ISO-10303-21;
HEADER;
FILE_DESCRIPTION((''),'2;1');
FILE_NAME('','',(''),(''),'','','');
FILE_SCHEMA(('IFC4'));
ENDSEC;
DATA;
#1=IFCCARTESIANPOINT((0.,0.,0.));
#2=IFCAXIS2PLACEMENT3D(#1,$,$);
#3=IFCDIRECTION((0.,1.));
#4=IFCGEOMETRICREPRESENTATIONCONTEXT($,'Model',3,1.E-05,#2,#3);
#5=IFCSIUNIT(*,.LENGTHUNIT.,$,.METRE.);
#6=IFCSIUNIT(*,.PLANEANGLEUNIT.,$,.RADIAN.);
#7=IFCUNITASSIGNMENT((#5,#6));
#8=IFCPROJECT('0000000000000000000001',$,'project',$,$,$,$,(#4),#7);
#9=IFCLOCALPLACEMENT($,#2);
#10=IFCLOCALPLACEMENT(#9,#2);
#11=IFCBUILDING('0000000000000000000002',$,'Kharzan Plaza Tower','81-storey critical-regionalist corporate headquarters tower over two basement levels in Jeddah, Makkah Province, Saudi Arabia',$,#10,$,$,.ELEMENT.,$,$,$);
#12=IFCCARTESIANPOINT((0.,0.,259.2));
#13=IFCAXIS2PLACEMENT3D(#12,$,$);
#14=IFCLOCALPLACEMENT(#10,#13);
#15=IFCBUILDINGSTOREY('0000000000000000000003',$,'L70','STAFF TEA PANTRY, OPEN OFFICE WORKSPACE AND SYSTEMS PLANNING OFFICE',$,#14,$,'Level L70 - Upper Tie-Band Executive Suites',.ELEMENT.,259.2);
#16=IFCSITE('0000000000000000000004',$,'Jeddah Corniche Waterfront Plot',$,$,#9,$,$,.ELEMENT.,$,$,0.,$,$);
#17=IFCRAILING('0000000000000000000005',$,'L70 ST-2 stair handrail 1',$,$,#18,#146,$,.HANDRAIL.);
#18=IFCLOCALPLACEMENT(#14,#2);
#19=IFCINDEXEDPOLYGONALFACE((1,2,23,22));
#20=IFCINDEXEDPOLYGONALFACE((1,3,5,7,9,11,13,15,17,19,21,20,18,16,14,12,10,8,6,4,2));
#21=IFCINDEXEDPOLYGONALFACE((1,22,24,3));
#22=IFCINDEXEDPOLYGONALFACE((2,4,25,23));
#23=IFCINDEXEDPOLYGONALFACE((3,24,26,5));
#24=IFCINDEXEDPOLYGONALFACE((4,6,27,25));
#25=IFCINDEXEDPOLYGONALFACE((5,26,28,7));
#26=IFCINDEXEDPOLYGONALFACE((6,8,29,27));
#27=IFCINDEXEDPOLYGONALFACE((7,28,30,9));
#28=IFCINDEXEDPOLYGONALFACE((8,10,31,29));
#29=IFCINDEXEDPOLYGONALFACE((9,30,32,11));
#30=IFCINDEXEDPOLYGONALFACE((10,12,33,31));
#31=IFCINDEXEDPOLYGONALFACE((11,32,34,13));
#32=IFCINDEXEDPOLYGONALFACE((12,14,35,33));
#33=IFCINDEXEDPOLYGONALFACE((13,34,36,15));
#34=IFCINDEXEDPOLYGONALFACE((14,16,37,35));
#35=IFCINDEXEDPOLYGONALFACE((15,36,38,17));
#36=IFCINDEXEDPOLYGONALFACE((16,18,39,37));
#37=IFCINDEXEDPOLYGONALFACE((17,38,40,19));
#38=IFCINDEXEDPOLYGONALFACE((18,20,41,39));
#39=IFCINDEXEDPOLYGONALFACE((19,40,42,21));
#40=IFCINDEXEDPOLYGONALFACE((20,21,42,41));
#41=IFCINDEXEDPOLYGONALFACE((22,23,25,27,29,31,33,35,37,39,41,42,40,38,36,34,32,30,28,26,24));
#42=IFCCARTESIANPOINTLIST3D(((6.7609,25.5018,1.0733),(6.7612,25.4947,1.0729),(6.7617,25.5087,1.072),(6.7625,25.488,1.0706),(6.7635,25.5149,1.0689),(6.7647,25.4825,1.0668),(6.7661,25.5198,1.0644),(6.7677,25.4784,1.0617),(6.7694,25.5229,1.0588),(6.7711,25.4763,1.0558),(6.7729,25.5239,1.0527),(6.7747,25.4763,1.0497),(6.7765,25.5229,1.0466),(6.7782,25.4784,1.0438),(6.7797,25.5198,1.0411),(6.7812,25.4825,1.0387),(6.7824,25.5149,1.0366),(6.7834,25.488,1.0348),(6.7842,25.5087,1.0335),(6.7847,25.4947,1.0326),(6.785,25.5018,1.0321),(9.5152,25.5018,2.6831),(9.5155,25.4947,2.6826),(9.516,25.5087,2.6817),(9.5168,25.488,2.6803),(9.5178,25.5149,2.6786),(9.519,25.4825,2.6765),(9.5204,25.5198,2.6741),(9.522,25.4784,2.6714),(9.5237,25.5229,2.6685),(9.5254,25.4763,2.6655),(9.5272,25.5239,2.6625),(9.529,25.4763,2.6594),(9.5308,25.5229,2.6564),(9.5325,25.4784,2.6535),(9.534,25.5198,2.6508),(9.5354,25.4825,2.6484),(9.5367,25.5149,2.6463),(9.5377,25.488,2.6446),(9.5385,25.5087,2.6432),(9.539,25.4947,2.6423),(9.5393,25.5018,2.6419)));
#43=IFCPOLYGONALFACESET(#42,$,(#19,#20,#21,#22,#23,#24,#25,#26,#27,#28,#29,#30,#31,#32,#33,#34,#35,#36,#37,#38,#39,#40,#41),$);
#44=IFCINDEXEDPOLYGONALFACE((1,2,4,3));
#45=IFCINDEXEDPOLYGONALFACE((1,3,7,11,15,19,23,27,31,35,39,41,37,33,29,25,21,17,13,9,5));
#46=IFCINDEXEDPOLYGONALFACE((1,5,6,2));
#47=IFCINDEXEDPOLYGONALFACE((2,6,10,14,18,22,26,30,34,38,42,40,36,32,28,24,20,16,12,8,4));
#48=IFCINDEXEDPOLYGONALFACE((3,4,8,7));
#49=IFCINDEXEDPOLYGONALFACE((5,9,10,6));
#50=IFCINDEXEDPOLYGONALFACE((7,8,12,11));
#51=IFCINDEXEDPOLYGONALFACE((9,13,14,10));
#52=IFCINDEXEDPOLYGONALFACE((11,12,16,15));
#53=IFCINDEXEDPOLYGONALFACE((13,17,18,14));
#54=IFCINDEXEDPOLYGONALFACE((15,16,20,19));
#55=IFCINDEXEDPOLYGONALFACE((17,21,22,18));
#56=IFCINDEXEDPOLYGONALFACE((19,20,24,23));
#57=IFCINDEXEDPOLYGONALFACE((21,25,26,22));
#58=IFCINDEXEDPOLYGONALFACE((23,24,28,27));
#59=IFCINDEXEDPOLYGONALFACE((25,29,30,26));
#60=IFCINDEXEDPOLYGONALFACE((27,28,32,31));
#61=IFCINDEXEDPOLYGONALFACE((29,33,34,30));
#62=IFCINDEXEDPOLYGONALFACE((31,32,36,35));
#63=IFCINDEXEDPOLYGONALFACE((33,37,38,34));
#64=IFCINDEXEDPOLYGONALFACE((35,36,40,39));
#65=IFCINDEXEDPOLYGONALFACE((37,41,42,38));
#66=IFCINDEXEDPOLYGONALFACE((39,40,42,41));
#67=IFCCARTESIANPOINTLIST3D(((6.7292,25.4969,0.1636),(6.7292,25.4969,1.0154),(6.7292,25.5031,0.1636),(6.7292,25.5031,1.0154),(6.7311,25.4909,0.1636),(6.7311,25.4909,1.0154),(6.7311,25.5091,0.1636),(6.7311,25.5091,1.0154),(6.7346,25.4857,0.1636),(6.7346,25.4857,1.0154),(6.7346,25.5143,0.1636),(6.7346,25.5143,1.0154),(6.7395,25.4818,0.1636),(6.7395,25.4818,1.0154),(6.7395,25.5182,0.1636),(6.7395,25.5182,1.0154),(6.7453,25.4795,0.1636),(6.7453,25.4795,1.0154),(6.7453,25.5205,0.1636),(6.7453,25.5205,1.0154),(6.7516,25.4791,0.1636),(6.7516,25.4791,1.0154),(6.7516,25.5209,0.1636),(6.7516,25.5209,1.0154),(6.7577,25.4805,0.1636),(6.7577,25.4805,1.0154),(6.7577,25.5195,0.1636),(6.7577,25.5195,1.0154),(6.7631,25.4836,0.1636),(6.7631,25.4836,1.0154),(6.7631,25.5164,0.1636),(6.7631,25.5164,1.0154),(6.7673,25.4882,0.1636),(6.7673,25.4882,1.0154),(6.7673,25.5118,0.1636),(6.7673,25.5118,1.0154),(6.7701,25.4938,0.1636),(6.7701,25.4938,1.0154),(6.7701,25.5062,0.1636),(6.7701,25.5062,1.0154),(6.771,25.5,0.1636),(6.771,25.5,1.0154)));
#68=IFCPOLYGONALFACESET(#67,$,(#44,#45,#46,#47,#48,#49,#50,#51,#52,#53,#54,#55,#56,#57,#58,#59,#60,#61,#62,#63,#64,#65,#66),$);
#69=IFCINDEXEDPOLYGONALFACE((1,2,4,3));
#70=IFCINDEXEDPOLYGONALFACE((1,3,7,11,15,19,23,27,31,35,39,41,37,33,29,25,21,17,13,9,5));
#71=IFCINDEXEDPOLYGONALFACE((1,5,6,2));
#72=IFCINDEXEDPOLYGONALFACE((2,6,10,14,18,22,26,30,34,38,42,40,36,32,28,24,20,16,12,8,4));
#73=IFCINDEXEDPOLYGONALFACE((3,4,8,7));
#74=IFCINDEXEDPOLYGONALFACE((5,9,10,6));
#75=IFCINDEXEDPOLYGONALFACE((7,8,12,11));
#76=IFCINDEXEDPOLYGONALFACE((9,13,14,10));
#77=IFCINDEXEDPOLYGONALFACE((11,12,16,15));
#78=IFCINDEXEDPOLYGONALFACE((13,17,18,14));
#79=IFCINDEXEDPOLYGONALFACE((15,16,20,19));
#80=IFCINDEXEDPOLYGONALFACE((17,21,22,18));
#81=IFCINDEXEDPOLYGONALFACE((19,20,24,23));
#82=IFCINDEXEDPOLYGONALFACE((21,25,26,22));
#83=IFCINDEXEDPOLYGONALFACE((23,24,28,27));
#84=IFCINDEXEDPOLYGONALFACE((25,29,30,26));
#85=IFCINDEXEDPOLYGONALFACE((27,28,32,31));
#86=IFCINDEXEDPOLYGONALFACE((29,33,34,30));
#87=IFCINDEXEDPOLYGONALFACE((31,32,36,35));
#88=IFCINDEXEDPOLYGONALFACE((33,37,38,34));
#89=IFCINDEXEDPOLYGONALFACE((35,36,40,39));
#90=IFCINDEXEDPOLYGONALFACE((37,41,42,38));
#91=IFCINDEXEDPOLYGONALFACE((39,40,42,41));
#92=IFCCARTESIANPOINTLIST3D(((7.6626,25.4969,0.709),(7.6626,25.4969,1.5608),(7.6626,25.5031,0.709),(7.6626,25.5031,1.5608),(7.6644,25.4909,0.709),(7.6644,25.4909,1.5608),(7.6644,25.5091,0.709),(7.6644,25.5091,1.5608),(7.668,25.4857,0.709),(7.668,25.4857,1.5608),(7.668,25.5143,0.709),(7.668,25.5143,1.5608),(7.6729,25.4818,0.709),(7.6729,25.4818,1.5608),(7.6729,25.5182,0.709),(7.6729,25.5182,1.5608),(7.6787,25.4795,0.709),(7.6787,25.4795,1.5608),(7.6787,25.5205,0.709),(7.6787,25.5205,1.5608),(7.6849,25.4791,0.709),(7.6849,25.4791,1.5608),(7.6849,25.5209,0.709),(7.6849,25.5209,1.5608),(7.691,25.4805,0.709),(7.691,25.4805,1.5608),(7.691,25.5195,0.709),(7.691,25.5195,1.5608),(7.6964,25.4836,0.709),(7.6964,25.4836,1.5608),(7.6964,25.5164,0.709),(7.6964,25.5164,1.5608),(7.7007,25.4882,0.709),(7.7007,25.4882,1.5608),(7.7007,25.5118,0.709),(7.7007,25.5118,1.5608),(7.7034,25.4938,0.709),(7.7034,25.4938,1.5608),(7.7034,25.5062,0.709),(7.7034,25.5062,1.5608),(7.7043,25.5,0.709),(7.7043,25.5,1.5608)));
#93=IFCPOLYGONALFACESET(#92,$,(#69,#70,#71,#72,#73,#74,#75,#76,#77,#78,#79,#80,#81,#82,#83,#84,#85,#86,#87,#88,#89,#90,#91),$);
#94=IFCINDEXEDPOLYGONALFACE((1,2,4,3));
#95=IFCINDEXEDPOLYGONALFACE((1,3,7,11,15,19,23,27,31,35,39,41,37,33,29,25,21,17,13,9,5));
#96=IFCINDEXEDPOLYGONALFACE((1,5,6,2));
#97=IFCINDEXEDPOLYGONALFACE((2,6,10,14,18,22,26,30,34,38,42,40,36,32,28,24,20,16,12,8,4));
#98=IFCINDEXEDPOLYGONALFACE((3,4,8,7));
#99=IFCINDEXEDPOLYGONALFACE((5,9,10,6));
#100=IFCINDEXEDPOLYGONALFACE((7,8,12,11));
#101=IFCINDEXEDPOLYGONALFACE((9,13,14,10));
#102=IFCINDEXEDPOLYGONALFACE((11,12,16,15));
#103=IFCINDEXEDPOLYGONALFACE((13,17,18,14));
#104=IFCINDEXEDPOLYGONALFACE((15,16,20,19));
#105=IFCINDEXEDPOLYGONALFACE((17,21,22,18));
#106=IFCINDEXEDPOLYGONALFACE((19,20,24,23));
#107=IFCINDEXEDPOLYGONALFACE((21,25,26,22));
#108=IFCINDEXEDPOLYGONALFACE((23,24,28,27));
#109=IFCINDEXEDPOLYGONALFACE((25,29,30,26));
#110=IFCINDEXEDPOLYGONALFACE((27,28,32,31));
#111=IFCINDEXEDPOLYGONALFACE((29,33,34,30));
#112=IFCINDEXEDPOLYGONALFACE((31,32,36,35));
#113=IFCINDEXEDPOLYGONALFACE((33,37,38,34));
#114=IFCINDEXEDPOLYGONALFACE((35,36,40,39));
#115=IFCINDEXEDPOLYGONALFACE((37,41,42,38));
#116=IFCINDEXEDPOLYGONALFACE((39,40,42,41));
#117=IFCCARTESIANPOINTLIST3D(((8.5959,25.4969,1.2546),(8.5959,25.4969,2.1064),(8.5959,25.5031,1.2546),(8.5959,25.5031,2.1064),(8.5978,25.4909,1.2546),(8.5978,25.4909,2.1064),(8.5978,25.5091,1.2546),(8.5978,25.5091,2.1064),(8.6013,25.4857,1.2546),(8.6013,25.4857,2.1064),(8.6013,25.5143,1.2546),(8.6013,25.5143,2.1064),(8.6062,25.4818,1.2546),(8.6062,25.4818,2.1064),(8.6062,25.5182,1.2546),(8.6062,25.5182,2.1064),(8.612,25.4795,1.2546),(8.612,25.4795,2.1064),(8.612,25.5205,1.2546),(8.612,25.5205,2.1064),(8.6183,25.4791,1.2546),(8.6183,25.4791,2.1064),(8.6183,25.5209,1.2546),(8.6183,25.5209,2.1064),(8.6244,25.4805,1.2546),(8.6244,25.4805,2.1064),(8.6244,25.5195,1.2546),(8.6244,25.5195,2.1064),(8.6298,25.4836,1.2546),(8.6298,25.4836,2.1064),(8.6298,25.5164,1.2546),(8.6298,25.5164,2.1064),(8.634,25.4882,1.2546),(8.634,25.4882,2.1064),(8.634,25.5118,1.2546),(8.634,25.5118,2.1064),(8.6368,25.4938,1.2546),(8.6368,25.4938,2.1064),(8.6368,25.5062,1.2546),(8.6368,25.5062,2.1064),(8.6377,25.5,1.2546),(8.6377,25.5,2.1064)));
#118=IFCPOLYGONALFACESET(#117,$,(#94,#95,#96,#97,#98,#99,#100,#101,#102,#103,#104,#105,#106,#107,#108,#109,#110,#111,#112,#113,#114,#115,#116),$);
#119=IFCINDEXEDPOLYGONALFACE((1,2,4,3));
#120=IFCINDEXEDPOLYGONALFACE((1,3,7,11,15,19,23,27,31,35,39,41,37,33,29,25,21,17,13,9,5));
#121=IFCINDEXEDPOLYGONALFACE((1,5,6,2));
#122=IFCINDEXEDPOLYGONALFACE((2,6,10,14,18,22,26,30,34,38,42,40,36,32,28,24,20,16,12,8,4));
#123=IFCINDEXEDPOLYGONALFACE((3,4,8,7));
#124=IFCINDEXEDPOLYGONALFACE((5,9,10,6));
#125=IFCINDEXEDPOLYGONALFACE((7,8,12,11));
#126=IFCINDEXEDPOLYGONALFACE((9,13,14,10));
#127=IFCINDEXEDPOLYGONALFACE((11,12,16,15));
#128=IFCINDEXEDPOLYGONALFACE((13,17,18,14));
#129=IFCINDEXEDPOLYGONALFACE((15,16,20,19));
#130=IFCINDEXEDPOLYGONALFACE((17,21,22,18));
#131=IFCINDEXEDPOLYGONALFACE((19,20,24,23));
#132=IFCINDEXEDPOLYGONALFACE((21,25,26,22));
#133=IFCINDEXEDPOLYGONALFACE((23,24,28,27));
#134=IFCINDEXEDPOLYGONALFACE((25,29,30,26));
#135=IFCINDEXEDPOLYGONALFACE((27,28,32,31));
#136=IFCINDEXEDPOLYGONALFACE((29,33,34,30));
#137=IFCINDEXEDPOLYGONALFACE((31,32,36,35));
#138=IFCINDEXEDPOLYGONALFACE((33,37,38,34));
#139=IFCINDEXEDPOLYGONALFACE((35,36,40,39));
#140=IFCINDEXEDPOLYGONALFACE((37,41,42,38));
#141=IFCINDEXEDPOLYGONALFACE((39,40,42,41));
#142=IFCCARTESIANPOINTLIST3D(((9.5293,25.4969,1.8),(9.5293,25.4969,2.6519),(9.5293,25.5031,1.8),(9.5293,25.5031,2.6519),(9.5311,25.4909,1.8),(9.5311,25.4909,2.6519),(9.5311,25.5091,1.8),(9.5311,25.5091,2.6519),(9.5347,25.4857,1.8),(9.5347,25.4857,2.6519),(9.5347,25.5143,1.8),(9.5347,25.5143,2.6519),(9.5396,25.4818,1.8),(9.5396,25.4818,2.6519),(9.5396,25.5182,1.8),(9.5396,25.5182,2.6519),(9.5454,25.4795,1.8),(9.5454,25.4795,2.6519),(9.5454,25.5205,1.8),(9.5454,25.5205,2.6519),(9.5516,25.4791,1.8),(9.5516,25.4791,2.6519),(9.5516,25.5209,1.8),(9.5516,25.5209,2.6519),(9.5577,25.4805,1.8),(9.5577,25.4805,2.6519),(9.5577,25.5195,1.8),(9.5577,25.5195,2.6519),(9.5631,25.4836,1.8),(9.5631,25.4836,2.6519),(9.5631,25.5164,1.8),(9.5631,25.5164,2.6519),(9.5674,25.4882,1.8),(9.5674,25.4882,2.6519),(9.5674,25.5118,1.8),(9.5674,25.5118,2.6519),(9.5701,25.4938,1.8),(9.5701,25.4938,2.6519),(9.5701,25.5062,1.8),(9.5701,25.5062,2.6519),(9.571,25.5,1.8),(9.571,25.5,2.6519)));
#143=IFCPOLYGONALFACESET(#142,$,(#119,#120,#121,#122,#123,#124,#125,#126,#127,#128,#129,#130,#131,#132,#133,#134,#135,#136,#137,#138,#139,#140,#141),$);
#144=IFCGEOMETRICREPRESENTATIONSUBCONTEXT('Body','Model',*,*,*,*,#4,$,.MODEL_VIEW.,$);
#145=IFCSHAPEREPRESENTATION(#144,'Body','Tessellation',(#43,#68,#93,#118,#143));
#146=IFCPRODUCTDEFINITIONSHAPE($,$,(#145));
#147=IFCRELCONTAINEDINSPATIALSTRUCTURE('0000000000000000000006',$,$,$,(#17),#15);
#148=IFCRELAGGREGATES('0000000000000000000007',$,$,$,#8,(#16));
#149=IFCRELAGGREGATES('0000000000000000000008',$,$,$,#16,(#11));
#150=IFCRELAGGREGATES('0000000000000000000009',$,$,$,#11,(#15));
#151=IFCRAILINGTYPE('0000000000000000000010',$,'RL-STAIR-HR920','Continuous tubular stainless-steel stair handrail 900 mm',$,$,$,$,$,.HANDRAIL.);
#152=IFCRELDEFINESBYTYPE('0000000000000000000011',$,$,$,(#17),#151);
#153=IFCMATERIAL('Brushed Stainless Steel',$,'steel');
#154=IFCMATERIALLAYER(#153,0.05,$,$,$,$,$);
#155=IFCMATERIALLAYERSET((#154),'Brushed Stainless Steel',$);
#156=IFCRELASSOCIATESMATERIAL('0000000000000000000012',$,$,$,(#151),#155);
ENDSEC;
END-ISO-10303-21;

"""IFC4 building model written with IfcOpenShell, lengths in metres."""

from ifc_helpers import new_model, si_unit, direction, frame, origin, origin_2d, place, context, subcontext, project, spatial, circle, extrude, source, transform, mapped, material, layer, layer_set, type_object, element, save


model = new_model("IFC4")

# Units and contexts
model_context = context("Model", 3, precision=1e-05, world=origin(), true_north=direction((0.0, 1.0)))
body_context = subcontext(model_context, "Body", "Model", "MODEL_VIEW")
ifc_project = project(units=[si_unit("LENGTHUNIT", "METRE"), si_unit("PLANEANGLEUNIT", "RADIAN")], contexts=[model_context])

# Site, building, storey
site_placement = place(None, origin())
site = spatial("IfcSite", under=ifc_project, at=site_placement, Name="Jeddah Corniche Waterfront Plot", CompositionType="ELEMENT", RefElevation=0.0)
building_placement = place(site_placement, origin())
building = spatial("IfcBuilding", under=site, at=building_placement, Name="Kharzan Plaza Tower", Description="81-storey critical-regionalist corporate headquarters tower over two basement levels in Jeddah, Makkah Province, Saudi Arabia", CompositionType="ELEMENT")
storey_placement = place(building_placement, frame((0.0, 0.0, 259.2)))
storey = spatial("IfcBuildingStorey", under=building, at=storey_placement, Name="L70", Description="STAFF TEA PANTRY, OPEN OFFICE WORKSPACE AND SYSTEMS PLANNING OFFICE", LongName="Level L70 - Upper Tie-Band Executive Suites", CompositionType="ELEMENT", Elevation=259.2)

# Railing
ifc_material_1 = material(Name="Brushed Stainless Steel", Category="steel")
ifc_layer_1 = layer(ifc_material_1, 0.05)
ifc_layer_set_1 = layer_set([ifc_layer_1], Name="Brushed Stainless Steel")
railing_type_1 = type_object("IfcRailingType", Name="RL-STAIR-HR920", Description="Continuous tubular stainless-steel stair handrail 900 mm", PredefinedType="HANDRAIL", material=ifc_layer_set_1)
shared_shape_1 = source(origin(), body_context, "Body", "SweptSolid", [
    extrude(circle(Radius=0.0239, at=origin_2d()), frame((0.0229, 0.0, 0.8892), z_axis=(0.863361, 0.0, 0.504587), x_axis=(0.0, 1.0, 0.0)), (0.0, 0.0, 1.0), 3.1902),
    extrude(circle(Radius=0.021, at=origin_2d()), origin(), (0.0, 0.0, 1.0), 0.8518),
    extrude(circle(Radius=0.021, at=origin_2d()), frame((0.9333, 0.0, 0.5454)), (0.0, 0.0, 1.0), 0.8518),
    extrude(circle(Radius=0.021, at=origin_2d()), frame((1.8667, 0.0, 1.0911)), (0.0, 0.0, 1.0), 0.8518),
    extrude(circle(Radius=0.021, at=origin_2d()), frame((2.8, 0.0, 1.6365)), (0.0, 0.0, 1.0), 0.8518),
])
railing_1_placement = place(storey_placement, frame((6.75, 25.5, 0.1636)))
element("IfcRailing", 1, at=railing_1_placement, inside=storey, type_object=railing_type_1, Name="L70 ST-2 stair handrail 1", PredefinedType="HANDRAIL", context=body_context, shape_type="MappedRepresentation", body=[
    mapped(shared_shape_1, transform((0.0, 0.0, 0.0), x_axis=(1.0, 0.0, 0.0), y_axis=(0.0, 1.0, 0.0), z_axis=(0.0, 0.0, 1.0))),
])

save(model, "model.ifc")
